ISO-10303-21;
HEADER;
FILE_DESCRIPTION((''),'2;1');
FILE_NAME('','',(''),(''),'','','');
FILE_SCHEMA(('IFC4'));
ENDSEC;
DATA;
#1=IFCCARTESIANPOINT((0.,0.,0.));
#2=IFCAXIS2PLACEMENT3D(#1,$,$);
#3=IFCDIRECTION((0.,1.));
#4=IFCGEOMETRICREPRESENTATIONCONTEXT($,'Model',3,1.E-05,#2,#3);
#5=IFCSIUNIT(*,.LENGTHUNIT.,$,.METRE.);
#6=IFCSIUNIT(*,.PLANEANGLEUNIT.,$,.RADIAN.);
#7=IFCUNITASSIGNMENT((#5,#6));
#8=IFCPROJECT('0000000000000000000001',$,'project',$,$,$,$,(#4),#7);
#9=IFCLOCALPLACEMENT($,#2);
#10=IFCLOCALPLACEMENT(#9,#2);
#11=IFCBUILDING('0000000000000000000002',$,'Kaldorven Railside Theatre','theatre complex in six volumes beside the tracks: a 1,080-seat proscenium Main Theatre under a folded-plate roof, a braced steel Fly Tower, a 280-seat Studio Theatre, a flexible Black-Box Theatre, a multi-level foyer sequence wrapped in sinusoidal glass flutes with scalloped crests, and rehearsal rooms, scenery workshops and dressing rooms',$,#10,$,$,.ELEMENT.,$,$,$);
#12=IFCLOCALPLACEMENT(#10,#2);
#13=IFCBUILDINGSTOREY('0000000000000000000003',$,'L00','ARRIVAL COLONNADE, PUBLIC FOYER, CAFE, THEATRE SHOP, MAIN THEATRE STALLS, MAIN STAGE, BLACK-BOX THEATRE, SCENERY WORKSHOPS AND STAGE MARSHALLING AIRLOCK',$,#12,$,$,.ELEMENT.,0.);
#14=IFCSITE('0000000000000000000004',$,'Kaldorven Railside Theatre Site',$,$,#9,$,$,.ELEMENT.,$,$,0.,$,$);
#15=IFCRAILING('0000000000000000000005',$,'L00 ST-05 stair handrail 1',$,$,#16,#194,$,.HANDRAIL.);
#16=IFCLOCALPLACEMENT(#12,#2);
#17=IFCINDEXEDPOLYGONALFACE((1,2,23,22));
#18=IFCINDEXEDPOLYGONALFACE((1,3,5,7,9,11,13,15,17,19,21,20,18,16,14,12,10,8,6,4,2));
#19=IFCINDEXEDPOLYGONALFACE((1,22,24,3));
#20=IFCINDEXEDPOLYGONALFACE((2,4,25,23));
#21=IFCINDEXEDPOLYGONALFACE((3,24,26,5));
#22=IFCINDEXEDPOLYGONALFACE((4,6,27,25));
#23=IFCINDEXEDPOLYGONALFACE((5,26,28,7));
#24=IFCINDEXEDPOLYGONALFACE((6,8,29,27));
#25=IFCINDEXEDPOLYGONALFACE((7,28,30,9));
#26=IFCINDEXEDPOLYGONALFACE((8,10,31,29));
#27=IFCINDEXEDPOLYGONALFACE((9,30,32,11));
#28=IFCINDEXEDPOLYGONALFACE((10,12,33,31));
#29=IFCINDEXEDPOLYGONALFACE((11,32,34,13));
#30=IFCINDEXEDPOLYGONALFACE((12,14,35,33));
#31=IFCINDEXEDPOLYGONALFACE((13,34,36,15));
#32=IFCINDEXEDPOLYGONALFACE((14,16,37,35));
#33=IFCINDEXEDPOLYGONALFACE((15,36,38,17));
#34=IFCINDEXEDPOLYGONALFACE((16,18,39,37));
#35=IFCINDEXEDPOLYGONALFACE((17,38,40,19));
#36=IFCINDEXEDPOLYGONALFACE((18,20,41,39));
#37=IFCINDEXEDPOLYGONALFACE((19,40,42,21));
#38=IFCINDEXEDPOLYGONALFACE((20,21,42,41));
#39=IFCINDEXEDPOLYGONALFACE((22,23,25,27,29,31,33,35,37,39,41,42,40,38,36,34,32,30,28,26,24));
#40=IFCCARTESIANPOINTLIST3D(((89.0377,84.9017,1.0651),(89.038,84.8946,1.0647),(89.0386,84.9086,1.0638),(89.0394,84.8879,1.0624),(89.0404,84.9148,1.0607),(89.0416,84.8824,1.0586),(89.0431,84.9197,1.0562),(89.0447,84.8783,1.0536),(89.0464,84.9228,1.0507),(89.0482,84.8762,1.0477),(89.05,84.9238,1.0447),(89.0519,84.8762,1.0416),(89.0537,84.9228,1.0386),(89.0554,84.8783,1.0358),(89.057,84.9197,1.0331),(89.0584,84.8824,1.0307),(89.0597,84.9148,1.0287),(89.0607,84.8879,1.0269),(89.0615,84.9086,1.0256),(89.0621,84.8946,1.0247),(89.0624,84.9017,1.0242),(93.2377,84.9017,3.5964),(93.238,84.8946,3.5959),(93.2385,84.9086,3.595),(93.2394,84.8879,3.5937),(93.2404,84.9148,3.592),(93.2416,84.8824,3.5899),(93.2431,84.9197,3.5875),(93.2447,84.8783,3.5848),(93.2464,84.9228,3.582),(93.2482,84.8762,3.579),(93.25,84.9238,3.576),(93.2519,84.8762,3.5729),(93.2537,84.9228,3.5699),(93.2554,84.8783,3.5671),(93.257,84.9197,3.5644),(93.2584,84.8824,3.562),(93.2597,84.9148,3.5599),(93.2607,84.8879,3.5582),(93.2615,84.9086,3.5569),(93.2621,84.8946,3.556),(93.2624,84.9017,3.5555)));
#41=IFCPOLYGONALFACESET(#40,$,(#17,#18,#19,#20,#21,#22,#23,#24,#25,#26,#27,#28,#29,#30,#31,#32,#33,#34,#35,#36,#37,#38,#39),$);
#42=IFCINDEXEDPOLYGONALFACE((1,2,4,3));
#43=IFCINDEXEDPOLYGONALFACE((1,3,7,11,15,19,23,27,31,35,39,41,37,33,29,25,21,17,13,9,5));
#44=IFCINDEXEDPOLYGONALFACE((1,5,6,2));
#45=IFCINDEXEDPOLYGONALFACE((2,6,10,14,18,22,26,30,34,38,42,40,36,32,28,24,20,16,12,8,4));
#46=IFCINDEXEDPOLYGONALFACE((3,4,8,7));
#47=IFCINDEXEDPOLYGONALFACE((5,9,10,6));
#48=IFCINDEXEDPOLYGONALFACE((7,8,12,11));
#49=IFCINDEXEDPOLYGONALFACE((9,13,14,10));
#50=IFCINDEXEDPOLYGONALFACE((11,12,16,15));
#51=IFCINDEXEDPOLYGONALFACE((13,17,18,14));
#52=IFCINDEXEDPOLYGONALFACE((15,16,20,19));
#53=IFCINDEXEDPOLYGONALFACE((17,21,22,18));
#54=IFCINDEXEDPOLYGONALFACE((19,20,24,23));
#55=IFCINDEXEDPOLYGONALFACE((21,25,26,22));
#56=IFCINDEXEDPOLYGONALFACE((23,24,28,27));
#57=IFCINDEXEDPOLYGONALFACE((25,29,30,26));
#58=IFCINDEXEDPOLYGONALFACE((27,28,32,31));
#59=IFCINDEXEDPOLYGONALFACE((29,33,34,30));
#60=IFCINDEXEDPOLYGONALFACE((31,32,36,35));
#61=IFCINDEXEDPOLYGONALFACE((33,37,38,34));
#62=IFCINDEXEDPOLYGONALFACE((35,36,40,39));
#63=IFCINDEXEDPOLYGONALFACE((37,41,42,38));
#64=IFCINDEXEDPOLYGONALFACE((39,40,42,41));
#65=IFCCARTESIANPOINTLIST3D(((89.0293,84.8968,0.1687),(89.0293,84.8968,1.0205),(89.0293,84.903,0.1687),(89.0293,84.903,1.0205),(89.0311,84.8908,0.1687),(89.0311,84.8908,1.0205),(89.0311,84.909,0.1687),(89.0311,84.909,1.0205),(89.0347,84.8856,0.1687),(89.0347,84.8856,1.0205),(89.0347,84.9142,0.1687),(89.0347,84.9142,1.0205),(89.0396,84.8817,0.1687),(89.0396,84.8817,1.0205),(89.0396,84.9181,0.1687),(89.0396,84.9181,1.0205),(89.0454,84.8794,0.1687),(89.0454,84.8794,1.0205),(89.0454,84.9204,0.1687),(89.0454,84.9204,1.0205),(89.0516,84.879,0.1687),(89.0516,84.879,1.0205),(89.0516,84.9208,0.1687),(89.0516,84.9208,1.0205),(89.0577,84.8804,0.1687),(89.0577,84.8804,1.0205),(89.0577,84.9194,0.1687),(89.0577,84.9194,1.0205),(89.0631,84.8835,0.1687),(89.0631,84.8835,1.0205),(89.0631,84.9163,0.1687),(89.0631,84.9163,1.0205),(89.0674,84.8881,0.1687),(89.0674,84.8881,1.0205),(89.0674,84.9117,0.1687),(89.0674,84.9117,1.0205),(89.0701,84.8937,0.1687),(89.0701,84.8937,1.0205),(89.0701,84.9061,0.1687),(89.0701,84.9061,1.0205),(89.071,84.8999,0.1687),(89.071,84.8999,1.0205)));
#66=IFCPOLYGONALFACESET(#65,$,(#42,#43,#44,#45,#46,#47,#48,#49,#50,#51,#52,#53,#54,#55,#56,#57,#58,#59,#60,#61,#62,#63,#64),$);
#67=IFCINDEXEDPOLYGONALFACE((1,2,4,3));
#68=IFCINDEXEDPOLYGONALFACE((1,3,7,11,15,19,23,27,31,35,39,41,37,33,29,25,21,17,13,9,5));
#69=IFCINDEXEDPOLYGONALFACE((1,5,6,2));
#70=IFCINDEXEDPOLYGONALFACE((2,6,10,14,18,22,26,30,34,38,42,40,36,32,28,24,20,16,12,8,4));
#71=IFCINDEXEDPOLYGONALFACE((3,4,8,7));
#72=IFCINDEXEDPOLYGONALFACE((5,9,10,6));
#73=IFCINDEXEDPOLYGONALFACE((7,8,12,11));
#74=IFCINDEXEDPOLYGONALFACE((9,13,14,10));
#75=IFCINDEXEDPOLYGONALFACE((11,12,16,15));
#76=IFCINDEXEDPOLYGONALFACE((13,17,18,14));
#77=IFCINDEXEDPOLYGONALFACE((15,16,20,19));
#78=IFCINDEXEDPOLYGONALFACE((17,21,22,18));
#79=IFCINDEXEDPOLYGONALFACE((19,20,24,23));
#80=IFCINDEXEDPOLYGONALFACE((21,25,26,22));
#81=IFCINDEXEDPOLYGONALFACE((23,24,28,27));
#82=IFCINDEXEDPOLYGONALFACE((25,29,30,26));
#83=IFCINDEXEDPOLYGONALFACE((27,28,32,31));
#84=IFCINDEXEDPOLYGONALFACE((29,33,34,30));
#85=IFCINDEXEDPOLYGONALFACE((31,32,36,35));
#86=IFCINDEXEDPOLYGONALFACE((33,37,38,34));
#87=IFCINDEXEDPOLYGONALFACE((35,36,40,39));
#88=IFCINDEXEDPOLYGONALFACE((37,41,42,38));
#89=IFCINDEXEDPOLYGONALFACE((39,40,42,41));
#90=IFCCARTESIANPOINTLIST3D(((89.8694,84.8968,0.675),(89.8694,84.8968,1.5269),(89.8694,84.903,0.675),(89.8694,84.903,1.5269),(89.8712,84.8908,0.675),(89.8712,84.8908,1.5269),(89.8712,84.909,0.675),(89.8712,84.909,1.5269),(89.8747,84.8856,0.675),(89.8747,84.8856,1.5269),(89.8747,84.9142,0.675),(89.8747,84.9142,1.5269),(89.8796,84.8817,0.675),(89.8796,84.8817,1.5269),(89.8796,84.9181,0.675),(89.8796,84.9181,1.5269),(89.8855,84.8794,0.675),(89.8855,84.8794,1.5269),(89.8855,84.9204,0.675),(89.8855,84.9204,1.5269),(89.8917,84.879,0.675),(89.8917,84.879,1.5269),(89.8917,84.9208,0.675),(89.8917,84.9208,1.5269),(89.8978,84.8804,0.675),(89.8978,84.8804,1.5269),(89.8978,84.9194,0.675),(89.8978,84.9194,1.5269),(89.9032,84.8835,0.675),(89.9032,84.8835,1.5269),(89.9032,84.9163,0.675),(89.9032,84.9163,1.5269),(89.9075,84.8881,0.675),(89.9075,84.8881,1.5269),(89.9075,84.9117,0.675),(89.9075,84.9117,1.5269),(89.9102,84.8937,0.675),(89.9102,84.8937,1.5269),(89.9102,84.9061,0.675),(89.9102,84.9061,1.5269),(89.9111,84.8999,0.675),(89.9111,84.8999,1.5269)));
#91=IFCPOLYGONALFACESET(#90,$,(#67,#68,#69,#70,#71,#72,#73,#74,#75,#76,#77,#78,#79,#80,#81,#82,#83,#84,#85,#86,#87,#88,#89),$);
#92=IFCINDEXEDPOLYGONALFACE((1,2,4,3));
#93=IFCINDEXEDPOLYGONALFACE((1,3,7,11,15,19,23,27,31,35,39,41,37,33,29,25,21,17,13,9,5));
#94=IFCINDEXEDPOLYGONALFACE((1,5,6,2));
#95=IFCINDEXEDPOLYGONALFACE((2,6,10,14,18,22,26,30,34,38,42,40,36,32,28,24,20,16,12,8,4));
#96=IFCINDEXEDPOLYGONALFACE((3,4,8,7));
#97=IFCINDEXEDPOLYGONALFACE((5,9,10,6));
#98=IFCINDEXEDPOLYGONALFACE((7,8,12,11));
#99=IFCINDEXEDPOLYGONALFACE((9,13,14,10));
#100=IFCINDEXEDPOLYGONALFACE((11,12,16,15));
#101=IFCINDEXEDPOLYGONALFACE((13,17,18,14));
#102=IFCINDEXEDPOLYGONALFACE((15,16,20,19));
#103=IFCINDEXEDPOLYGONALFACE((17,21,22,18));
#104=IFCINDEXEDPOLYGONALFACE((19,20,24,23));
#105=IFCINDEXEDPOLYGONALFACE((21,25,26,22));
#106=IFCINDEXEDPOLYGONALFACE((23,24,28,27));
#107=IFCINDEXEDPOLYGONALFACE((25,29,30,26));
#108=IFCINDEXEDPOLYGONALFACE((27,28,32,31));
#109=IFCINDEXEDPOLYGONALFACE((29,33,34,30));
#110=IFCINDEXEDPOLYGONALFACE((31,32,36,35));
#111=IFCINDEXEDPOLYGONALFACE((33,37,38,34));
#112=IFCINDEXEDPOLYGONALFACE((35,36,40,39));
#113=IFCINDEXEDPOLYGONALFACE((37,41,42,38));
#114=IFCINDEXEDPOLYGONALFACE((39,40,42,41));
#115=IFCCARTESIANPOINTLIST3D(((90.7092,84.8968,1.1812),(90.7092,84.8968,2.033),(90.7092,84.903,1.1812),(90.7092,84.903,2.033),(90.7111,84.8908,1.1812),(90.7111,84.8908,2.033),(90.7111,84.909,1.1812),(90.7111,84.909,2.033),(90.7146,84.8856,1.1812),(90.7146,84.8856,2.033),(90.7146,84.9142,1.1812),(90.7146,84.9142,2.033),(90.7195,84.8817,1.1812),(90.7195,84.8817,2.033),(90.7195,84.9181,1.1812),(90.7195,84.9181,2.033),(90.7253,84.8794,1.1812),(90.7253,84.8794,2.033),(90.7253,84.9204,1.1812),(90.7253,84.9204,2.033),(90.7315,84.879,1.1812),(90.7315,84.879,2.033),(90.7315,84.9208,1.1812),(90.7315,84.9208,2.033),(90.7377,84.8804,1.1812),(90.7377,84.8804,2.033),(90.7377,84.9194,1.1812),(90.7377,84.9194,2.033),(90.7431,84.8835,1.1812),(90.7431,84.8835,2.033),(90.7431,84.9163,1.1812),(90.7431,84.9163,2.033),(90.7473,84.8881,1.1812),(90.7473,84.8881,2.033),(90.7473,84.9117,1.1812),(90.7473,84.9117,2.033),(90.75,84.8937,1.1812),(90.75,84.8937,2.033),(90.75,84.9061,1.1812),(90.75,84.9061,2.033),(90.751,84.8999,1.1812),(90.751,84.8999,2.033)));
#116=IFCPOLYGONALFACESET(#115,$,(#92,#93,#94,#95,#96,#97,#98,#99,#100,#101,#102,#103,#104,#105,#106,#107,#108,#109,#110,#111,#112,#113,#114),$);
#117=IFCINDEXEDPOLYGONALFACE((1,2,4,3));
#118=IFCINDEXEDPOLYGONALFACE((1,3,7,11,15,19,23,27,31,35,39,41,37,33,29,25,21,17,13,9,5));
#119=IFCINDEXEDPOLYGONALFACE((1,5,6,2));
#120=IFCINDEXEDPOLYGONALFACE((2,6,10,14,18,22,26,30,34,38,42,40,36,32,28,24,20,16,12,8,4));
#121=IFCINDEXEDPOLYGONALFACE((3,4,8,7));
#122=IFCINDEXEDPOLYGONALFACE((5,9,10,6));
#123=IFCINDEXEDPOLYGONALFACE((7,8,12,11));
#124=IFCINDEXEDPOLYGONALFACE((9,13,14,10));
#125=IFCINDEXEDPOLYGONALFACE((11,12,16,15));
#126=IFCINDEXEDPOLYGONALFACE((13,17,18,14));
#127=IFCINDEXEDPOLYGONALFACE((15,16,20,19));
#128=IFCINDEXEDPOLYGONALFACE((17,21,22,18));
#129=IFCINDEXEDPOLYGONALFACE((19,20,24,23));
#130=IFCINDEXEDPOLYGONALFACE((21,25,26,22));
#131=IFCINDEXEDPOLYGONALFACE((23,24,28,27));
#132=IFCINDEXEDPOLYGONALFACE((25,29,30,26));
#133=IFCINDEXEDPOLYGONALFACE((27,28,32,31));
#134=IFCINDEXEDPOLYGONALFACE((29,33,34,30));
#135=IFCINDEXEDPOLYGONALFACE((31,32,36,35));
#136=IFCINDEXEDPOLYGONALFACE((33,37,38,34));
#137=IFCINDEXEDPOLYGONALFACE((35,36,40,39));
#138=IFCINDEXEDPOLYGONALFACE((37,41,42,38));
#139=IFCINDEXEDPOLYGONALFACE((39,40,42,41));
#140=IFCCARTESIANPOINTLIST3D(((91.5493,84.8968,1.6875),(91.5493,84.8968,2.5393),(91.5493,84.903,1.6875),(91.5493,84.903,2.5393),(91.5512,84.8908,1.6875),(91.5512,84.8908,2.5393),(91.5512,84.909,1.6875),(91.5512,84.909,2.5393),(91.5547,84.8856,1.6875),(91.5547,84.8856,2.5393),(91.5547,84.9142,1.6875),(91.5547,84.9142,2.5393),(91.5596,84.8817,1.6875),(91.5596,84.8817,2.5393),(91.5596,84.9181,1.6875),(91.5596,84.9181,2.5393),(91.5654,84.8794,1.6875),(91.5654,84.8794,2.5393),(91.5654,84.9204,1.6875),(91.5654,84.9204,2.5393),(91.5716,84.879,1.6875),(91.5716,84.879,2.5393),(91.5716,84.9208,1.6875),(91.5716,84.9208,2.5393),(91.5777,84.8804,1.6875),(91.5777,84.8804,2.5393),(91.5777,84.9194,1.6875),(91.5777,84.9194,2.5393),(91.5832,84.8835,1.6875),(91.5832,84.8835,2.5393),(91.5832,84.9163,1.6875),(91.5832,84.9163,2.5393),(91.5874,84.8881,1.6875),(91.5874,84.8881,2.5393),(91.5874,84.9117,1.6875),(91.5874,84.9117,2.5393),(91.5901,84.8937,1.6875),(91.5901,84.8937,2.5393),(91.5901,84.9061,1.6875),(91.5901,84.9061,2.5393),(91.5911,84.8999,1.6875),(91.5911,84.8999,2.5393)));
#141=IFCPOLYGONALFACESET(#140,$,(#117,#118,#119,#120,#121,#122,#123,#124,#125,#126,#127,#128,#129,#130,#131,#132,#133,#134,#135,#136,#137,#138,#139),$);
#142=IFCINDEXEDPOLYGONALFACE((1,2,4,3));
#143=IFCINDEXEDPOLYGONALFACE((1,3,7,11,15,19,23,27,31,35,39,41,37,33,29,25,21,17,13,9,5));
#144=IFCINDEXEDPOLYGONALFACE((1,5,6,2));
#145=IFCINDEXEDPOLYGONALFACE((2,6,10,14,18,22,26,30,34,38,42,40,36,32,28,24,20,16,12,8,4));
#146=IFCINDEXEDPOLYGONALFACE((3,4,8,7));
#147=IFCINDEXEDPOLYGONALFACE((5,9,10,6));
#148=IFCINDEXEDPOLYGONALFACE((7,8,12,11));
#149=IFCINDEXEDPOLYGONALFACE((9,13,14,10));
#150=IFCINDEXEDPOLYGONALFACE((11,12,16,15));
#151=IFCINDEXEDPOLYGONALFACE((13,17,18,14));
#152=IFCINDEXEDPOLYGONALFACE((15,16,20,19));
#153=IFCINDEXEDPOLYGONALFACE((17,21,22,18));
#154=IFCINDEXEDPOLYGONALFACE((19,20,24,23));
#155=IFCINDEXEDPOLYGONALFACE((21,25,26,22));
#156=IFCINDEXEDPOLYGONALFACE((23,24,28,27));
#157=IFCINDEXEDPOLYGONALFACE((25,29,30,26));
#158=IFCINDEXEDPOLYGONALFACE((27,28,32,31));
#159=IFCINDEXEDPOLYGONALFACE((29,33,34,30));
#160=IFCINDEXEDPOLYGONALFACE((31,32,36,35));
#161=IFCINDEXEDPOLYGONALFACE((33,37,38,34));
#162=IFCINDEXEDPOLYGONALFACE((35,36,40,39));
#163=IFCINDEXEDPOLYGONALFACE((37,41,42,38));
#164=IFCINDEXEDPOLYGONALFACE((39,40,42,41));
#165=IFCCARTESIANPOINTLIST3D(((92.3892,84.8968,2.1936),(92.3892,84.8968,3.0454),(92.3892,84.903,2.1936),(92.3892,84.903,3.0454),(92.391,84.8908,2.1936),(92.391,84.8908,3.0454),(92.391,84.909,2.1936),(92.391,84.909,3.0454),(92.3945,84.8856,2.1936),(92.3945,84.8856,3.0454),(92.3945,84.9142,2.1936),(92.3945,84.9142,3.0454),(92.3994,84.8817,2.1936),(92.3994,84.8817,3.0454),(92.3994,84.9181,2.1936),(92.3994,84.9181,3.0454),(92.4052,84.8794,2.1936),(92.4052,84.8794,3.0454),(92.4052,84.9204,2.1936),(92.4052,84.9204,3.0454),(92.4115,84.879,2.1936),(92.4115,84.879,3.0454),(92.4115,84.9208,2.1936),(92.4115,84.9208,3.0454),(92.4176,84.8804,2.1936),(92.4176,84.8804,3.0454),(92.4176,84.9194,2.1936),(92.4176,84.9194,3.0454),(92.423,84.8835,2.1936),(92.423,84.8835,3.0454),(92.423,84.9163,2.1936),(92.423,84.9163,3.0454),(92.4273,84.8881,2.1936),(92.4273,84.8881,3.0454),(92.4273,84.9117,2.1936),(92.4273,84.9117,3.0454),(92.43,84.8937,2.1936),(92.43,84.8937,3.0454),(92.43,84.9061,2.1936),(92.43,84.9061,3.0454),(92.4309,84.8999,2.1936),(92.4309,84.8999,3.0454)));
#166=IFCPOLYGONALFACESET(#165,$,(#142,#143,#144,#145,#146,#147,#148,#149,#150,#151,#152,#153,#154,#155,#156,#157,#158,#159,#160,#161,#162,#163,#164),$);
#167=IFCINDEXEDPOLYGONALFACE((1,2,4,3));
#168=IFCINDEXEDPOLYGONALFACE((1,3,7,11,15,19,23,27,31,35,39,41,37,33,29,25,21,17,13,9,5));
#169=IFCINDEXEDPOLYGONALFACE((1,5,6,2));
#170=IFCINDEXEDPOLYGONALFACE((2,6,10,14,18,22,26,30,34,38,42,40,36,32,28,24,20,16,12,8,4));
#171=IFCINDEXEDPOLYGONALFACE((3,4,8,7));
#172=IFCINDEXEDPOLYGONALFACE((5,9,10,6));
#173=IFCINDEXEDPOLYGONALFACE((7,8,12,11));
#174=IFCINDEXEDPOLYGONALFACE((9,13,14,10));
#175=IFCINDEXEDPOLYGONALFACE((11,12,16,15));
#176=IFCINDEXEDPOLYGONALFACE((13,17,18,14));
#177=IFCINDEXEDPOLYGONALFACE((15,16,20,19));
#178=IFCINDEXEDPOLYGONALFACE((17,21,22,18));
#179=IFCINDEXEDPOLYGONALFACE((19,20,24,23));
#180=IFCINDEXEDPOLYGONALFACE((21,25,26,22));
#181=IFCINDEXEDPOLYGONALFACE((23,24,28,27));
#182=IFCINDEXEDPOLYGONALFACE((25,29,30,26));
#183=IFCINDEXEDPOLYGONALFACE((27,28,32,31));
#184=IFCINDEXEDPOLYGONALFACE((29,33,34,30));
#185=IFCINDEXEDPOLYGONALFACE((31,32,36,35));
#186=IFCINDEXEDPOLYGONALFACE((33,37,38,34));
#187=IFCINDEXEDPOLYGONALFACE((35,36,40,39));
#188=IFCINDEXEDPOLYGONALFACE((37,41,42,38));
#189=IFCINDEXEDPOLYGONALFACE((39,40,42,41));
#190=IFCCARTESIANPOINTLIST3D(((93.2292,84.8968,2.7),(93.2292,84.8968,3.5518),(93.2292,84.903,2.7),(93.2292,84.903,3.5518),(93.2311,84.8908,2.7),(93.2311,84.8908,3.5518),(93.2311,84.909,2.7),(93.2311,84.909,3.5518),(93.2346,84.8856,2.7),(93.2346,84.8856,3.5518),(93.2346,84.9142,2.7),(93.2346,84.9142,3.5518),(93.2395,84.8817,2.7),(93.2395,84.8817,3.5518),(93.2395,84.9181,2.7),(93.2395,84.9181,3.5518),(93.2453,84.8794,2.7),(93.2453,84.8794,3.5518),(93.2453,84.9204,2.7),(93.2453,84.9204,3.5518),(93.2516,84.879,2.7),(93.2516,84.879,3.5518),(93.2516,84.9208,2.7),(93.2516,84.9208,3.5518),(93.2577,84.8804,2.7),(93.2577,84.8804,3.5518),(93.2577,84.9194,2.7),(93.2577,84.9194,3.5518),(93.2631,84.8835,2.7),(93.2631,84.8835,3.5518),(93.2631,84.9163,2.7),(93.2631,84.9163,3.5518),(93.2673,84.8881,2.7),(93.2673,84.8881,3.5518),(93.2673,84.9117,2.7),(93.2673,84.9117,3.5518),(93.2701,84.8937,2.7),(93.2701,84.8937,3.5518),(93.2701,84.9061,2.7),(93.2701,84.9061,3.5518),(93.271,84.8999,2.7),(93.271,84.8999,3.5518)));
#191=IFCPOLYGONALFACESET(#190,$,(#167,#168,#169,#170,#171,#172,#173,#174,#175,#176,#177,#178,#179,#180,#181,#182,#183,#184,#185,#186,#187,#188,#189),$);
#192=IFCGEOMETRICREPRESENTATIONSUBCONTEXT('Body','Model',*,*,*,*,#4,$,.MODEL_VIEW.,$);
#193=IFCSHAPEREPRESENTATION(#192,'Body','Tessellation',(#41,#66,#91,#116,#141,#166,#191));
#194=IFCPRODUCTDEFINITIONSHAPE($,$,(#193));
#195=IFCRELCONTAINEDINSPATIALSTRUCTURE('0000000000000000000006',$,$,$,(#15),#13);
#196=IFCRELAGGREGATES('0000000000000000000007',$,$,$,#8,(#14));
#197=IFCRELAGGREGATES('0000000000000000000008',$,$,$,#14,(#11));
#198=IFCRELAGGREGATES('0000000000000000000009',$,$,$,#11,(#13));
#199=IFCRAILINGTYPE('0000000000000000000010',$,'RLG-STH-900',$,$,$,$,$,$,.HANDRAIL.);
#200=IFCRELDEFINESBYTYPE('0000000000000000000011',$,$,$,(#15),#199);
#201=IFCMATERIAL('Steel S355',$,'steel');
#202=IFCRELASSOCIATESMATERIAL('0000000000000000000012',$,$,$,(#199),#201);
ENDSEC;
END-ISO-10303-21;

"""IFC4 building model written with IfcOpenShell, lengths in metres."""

from ifc_helpers import new_model, si_unit, direction, frame, origin, origin_2d, place, context, subcontext, project, spatial, circle, extrude, material, type_object, element, save


model = new_model("IFC4")

# Units and contexts
model_context = context("Model", 3, precision=1e-05, world=origin(), true_north=direction((0.0, 1.0)))
body_context = subcontext(model_context, "Body", "Model", "MODEL_VIEW")
ifc_project = project(units=[si_unit("LENGTHUNIT", "METRE"), si_unit("PLANEANGLEUNIT", "RADIAN")], contexts=[model_context])

# Site, building, storey
site_placement = place(None, origin())
site = spatial("IfcSite", under=ifc_project, at=site_placement, Name="Kaldorven Railside Theatre Site", CompositionType="ELEMENT", RefElevation=0.0)
building_placement = place(site_placement, origin())
building = spatial("IfcBuilding", under=site, at=building_placement, Name="Kaldorven Railside Theatre", Description="theatre complex in six volumes beside the tracks: a 1,080-seat proscenium Main Theatre under a folded-plate roof, a braced steel Fly Tower, a 280-seat Studio Theatre, a flexible Black-Box Theatre, a multi-level foyer sequence wrapped in sinusoidal glass flutes with scalloped crests, and rehearsal rooms, scenery workshops and dressing rooms", CompositionType="ELEMENT")
storey_placement = place(building_placement, origin())
storey = spatial("IfcBuildingStorey", under=building, at=storey_placement, Name="L00", Description="ARRIVAL COLONNADE, PUBLIC FOYER, CAFE, THEATRE SHOP, MAIN THEATRE STALLS, MAIN STAGE, BLACK-BOX THEATRE, SCENERY WORKSHOPS AND STAGE MARSHALLING AIRLOCK", CompositionType="ELEMENT", Elevation=0.0)

# Shared definitions
ifc_material_1 = material(Name="Steel S355", Category="steel")

# Railing
railing_type_1 = type_object("IfcRailingType", Name="RLG-STH-900", PredefinedType="HANDRAIL", material=ifc_material_1)
railing_1_placement = place(storey_placement, frame((89.05, 84.8999, 0.1687)))
element("IfcRailing", 1, at=railing_1_placement, inside=storey, type_object=railing_type_1, Name="L00 ST-05 stair handrail 1", PredefinedType="HANDRAIL", context=body_context, shape_type="SweptSolid", body=[
    extrude(circle(Radius=0.0239, at=origin_2d()), frame((0.0, 0.0, 0.876), z_axis=(0.856476, 0.0, 0.516186), x_axis=(0.0, 1.0, 0.0)), (0.0, 0.0, 1.0), 4.9038),
    extrude(circle(Radius=0.021, at=origin_2d()), origin(), (0.0, 0.0, 1.0), 0.8518),
    extrude(circle(Radius=0.021, at=origin_2d()), frame((0.8401, 0.0, 0.5063)), (0.0, 0.0, 1.0), 0.8518),
    extrude(circle(Radius=0.021, at=origin_2d()), frame((1.6799, 0.0, 1.0125)), (0.0, 0.0, 1.0), 0.8518),
    extrude(circle(Radius=0.021, at=origin_2d()), frame((2.52, 0.0, 1.5188)), (0.0, 0.0, 1.0), 0.8518),
    extrude(circle(Radius=0.021, at=origin_2d()), frame((3.3599, 0.0, 2.0249)), (0.0, 0.0, 1.0), 0.8518),
    extrude(circle(Radius=0.021, at=origin_2d()), frame((4.2, 0.0, 2.5312)), (0.0, 0.0, 1.0), 0.8518),
])

save(model, "model.ifc")
